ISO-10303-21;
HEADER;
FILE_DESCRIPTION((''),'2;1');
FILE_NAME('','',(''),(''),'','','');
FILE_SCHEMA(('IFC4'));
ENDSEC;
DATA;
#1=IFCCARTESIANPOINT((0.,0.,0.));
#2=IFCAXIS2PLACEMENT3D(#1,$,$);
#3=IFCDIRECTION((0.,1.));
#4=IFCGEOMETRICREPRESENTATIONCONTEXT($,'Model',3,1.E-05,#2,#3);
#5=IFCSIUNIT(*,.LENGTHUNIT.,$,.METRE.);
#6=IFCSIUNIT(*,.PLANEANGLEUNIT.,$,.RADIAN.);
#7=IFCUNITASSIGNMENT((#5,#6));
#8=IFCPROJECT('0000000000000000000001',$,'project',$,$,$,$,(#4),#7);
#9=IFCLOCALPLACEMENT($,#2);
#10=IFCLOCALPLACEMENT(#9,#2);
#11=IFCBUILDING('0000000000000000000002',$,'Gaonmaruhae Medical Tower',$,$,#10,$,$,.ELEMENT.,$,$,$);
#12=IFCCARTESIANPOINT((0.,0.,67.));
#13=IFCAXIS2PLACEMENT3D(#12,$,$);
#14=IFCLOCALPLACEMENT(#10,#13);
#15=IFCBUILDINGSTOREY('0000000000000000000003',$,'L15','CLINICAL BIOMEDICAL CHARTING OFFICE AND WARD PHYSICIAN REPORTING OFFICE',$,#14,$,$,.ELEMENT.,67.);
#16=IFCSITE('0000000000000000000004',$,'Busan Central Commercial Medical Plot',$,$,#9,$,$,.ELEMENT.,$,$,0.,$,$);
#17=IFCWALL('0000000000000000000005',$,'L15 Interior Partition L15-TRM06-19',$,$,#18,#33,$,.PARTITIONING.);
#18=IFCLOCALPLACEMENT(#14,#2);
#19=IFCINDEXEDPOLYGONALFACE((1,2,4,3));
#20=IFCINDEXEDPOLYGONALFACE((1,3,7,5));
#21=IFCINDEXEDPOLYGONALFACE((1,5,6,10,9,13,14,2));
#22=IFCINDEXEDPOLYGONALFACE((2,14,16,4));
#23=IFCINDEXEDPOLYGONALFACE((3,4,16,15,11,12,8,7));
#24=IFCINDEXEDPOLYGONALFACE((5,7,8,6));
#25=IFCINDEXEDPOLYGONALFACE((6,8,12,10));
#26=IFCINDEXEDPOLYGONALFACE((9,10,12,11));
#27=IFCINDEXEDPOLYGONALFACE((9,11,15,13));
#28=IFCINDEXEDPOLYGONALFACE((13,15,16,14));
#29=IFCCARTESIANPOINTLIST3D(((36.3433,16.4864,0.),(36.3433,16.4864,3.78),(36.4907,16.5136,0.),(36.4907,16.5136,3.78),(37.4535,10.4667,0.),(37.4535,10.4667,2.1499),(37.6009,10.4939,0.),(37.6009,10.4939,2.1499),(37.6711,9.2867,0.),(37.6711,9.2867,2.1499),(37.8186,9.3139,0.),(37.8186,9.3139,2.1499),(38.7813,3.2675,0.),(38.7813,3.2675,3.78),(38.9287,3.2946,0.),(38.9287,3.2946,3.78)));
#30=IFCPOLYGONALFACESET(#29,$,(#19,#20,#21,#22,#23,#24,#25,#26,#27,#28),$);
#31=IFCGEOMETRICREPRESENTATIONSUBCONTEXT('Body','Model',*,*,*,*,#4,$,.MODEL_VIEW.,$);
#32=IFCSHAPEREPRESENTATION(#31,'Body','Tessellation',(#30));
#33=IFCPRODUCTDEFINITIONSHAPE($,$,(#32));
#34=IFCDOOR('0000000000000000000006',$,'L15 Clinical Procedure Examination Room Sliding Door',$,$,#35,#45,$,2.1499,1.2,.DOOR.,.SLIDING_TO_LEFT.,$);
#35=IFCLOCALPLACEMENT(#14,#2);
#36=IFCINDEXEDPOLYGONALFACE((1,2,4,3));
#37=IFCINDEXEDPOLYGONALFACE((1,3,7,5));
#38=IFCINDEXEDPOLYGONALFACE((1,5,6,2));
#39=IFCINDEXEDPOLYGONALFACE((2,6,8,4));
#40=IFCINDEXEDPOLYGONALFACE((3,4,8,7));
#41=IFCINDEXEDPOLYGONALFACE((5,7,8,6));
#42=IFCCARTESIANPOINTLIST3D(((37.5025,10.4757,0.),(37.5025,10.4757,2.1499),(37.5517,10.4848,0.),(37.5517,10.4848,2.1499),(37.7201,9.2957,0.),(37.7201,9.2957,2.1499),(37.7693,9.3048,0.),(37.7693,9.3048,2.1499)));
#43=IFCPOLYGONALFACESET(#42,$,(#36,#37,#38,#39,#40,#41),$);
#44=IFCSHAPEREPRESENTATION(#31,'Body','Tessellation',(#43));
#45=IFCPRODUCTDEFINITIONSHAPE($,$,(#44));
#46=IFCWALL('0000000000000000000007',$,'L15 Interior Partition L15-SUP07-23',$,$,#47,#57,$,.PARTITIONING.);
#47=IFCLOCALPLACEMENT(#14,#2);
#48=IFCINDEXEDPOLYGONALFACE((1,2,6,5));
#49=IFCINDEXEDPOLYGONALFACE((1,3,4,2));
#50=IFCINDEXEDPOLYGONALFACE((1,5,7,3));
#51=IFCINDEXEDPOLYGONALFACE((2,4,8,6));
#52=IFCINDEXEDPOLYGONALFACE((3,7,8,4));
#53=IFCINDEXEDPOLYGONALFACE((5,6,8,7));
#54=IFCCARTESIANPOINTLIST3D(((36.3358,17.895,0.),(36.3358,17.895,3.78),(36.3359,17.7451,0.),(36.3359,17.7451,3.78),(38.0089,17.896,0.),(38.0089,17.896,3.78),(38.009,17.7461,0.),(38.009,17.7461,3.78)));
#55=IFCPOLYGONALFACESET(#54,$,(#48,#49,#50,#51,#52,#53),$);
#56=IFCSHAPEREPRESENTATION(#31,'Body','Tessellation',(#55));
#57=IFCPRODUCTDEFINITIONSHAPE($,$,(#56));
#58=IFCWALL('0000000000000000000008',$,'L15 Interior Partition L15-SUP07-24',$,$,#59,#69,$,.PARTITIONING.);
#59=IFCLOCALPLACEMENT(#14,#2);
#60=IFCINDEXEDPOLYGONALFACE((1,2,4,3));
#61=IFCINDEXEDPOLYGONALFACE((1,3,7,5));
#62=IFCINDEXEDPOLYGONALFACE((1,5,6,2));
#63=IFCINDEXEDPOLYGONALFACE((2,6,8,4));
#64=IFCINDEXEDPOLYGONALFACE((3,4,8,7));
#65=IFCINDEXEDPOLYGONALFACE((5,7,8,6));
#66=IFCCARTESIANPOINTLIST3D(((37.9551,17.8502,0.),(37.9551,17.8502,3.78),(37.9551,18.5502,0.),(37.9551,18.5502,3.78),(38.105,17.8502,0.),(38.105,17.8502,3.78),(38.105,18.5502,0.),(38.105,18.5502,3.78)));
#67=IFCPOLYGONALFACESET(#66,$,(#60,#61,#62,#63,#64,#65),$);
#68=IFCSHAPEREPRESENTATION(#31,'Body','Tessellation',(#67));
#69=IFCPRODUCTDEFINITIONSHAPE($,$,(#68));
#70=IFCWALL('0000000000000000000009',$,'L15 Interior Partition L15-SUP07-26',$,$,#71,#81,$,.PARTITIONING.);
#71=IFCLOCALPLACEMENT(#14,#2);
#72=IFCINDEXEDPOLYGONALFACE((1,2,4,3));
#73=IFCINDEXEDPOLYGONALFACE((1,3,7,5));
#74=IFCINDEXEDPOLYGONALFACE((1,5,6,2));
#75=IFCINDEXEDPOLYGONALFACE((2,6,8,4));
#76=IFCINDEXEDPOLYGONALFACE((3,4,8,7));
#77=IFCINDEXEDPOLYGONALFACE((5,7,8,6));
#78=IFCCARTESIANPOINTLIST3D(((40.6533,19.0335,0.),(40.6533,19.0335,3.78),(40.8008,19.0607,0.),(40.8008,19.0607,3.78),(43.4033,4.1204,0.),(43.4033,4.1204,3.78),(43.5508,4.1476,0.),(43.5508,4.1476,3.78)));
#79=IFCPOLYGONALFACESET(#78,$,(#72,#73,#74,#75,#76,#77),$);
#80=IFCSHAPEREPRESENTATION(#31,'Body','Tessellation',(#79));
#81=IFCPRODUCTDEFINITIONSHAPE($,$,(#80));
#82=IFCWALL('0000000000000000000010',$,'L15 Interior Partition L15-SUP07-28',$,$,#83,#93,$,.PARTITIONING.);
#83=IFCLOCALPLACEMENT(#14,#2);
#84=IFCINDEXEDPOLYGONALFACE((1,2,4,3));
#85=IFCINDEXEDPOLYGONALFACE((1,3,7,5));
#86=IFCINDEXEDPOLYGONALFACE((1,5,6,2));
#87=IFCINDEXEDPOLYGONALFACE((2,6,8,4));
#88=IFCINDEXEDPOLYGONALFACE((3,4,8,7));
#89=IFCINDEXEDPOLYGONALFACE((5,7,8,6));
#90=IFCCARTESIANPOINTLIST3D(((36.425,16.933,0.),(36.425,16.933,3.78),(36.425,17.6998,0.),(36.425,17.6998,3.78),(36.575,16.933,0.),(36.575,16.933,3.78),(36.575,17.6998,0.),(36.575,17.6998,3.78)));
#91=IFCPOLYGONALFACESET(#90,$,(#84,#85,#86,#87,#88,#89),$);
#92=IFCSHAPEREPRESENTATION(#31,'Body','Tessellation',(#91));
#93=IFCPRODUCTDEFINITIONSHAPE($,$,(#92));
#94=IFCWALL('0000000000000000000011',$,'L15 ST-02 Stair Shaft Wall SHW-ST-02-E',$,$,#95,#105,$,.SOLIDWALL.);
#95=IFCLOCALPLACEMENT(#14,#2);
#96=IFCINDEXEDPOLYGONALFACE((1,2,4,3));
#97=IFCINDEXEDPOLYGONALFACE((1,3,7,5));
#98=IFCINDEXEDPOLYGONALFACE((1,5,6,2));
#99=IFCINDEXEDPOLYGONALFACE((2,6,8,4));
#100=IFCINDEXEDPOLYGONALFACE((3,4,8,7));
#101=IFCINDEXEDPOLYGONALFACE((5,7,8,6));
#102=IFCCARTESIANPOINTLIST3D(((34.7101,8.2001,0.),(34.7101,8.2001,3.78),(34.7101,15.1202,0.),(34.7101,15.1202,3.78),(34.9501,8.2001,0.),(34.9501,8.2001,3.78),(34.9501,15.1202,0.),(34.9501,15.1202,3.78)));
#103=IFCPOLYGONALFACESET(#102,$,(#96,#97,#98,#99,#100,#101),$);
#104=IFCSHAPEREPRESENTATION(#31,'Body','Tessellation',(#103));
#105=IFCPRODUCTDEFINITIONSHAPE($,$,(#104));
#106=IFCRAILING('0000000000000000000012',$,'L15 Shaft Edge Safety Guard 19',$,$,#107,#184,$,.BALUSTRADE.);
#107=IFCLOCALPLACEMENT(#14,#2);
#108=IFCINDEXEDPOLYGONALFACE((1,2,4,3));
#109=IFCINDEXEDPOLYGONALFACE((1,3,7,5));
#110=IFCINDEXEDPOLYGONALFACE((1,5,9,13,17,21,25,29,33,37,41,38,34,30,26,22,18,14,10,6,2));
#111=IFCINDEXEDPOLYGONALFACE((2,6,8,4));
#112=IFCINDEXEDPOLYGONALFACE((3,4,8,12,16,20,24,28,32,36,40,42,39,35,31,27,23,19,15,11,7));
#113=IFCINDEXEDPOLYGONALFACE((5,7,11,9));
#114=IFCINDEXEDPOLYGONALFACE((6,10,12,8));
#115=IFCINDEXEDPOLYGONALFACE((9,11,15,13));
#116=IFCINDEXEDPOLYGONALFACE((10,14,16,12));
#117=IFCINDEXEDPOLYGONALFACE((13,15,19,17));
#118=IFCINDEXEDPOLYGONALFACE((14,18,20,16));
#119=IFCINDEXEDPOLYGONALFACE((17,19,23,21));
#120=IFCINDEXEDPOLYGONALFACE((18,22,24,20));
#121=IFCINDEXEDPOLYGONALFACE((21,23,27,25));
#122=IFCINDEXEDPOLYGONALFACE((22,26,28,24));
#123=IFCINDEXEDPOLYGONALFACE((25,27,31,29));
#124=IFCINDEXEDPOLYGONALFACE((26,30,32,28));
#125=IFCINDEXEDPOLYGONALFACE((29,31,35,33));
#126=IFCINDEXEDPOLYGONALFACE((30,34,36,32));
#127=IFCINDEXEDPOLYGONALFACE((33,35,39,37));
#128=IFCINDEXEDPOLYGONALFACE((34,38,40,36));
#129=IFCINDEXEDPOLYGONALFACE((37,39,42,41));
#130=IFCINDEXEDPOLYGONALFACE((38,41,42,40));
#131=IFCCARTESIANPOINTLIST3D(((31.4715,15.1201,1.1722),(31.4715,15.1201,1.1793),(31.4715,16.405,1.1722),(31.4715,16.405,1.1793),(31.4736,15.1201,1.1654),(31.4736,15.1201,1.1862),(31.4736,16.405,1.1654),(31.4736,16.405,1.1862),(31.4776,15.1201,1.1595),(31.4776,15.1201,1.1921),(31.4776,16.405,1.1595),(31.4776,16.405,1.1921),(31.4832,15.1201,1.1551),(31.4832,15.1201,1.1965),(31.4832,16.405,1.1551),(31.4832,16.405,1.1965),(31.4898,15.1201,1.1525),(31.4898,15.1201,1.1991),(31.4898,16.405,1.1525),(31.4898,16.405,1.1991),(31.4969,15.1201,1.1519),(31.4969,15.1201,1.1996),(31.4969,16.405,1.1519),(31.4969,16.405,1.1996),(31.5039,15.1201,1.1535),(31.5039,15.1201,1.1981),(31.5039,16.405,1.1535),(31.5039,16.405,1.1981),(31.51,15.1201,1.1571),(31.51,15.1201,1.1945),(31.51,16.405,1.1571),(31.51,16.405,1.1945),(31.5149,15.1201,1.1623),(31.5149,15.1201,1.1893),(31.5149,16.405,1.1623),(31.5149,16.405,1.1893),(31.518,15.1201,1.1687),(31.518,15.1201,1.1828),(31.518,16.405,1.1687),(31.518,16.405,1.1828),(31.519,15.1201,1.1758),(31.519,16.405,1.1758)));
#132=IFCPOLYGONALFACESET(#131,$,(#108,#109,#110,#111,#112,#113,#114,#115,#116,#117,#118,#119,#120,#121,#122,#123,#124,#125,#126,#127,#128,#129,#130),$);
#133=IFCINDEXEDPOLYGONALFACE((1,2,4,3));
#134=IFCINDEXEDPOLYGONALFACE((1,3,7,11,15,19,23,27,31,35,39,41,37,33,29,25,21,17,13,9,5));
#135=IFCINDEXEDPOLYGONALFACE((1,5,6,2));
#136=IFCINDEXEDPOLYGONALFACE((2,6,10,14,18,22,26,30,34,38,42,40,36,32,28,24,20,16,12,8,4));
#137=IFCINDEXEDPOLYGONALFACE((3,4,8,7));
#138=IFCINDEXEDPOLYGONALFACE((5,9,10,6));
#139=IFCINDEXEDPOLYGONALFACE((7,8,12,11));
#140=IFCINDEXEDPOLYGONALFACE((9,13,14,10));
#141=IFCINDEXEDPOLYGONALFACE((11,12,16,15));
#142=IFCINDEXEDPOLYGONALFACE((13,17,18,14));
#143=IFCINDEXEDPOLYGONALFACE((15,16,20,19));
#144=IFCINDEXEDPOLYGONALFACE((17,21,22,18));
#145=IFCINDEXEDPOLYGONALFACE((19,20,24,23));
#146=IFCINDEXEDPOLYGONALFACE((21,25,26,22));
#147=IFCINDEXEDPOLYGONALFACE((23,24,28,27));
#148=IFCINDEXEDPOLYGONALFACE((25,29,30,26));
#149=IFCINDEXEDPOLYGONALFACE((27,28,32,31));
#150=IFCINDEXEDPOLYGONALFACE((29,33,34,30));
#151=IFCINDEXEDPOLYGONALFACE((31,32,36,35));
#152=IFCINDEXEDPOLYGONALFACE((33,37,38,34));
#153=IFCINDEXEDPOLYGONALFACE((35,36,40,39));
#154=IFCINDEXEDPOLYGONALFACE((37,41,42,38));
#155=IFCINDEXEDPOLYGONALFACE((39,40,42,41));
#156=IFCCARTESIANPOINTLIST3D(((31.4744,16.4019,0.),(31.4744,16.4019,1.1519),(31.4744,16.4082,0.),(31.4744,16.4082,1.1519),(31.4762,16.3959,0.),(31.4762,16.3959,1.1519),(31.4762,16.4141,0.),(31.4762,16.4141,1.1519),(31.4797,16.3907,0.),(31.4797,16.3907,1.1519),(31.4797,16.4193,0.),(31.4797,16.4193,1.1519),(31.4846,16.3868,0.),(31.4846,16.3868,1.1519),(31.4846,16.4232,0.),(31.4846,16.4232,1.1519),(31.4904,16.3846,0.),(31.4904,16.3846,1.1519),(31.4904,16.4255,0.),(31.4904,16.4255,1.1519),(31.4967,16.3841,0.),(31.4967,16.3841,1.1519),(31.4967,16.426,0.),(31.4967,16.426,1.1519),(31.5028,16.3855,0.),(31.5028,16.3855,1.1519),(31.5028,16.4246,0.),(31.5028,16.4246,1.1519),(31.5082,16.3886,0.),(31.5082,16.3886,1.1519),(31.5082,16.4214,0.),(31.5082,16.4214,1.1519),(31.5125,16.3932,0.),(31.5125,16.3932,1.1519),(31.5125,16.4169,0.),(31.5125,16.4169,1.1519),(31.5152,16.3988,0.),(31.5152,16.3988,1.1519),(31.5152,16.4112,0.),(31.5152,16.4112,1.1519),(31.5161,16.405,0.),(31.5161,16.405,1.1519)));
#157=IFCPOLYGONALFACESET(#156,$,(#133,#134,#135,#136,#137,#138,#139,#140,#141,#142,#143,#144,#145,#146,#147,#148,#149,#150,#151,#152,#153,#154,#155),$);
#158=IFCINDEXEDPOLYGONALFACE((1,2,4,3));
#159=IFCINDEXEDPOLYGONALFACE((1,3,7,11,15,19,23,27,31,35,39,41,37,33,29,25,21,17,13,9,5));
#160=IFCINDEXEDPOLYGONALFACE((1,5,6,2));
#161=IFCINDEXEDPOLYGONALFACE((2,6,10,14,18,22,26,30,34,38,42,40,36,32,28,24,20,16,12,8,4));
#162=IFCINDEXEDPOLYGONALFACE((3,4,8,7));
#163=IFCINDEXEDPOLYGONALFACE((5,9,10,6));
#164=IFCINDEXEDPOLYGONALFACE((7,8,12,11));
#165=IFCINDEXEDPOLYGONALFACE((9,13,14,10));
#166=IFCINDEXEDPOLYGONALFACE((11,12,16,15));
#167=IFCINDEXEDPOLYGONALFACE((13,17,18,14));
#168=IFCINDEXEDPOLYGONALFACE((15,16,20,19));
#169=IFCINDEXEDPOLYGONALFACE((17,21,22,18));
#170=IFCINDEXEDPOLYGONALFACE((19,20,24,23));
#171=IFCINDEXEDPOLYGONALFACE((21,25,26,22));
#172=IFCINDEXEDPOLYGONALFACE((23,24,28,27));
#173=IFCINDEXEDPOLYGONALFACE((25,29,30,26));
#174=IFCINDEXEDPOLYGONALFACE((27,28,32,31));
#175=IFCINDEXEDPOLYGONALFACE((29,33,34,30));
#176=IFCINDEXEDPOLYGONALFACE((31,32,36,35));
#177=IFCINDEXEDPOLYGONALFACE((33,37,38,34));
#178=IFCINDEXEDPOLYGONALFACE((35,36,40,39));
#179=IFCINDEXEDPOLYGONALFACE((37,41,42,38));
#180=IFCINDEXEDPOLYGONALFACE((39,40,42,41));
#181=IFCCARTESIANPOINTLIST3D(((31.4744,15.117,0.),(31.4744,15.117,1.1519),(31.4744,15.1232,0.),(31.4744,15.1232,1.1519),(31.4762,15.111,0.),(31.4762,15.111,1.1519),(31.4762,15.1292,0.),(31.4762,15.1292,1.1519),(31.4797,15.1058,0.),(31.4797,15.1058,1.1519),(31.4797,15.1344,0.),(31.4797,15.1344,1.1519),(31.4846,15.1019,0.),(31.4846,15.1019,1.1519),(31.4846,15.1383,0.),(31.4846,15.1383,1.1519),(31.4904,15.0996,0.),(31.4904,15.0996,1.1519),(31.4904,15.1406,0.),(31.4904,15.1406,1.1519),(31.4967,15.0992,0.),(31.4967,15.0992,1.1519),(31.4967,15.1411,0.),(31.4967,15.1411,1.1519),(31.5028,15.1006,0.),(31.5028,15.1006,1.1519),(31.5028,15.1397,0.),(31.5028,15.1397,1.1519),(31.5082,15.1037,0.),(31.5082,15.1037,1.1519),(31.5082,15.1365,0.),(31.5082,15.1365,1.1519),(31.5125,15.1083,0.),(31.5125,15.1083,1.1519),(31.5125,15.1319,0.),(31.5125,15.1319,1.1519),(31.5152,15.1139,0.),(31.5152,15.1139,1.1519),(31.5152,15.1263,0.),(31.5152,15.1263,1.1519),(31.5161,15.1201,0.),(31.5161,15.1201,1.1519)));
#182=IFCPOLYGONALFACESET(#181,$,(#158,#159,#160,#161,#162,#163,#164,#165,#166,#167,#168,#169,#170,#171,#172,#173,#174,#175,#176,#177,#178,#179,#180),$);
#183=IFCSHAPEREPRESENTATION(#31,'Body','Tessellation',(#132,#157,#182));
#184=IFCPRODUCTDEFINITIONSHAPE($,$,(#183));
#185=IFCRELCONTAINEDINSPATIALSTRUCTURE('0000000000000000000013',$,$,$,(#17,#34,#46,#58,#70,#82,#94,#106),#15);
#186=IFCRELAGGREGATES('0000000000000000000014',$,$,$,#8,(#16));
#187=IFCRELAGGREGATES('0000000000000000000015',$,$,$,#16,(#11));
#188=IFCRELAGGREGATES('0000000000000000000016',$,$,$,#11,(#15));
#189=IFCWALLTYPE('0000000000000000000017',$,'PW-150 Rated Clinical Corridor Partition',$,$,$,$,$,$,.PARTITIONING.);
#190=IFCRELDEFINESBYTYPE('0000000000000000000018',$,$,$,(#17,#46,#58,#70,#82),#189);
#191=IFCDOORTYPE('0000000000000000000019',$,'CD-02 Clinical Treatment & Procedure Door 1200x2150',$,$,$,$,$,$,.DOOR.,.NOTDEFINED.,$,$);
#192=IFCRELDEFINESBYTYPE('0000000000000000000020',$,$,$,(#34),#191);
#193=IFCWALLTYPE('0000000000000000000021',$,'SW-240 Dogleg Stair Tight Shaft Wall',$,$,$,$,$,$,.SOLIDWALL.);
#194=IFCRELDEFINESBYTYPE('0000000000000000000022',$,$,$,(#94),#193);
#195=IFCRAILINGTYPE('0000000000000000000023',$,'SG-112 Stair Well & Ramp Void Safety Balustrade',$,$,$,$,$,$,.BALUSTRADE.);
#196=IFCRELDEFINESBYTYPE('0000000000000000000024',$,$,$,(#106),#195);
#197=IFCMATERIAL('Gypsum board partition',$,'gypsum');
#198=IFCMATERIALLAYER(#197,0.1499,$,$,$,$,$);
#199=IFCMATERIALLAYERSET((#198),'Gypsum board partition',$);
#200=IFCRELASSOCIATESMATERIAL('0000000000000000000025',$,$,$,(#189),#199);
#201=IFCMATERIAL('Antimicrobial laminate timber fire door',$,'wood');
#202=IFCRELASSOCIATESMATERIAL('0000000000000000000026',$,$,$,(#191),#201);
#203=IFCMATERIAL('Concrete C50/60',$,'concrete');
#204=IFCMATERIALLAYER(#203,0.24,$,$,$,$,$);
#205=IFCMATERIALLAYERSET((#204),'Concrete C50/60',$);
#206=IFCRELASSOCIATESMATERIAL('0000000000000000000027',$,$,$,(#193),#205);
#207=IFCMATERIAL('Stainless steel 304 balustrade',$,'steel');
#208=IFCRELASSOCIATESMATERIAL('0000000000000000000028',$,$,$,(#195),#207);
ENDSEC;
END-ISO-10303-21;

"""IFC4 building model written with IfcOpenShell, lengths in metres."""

from ifc_helpers import new_model, si_unit, direction, frame, frame_2d, origin, origin_2d, place, context, subcontext, project, spatial, rectangle, circle, extrude, material, layer, layer_set, type_object, element, fill, save


model = new_model("IFC4")

# Units and contexts
model_context = context("Model", 3, precision=1e-05, world=origin(), true_north=direction((0.0, 1.0)))
body_context = subcontext(model_context, "Body", "Model", "MODEL_VIEW")
ifc_project = project(units=[si_unit("LENGTHUNIT", "METRE"), si_unit("PLANEANGLEUNIT", "RADIAN")], contexts=[model_context])

# Site, building, storey
site_placement = place(None, origin())
site = spatial("IfcSite", under=ifc_project, at=site_placement, Name="Busan Central Commercial Medical Plot", CompositionType="ELEMENT", RefElevation=0.0)
building_placement = place(site_placement, origin())
building = spatial("IfcBuilding", under=site, at=building_placement, Name="Gaonmaruhae Medical Tower", CompositionType="ELEMENT")
storey_placement = place(building_placement, frame((0.0, 0.0, 67.0)))
storey = spatial("IfcBuildingStorey", under=building, at=storey_placement, Name="L15", Description="CLINICAL BIOMEDICAL CHARTING OFFICE AND WARD PHYSICIAN REPORTING OFFICE", CompositionType="ELEMENT", Elevation=67.0)

# Shared definitions
ifc_material_1 = material(Name="Gypsum board partition", Category="gypsum")
ifc_layer_1 = layer(ifc_material_1, 0.1499)
ifc_layer_set_1 = layer_set([ifc_layer_1], Name="Gypsum board partition")
wall_type_1 = type_object("IfcWallType", Name="PW-150 Rated Clinical Corridor Partition", PredefinedType="PARTITIONING", material=ifc_layer_set_1)

# Wall, opening, door
wall_1_placement = place(storey_placement, frame((36.417, 16.5, 0.0), z_axis=(0.0, 0.0, 1.0), x_axis=(0.181372, -0.983415, 0.0)))
wall_1 = element("IfcWall", 1, at=wall_1_placement, inside=storey, type_object=wall_type_1, Name="L15 Interior Partition L15-TRM06-19", PredefinedType="PARTITIONING", context=body_context, shape_type="SweptSolid", body=[
    extrude(rectangle(XDim=13.4419, YDim=0.1499, at=frame_2d((6.7209, 0.0))), origin(), (0.0, 0.0, 1.0), 3.78),
])
opening_1_placement = place(wall_1_placement, frame((6.1211, 0.0, 0.0)))
opening_1 = element("IfcOpeningElement", 2, at=opening_1_placement, cuts=wall_1, PredefinedType="OPENING", context=body_context, shape_type="SweptSolid", body=[
    extrude(rectangle(XDim=1.2, YDim=2.1499, at=frame_2d((0.6001, 1.075))), frame((0.0, 0.085, 0.0), z_axis=(0.0, -1.0, 0.0), x_axis=(1.0, 0.0, 0.0)), (0.0, 0.0, 1.0), 0.1699),
])
ifc_material_2 = material(Name="Antimicrobial laminate timber fire door", Category="wood")
door_type_1 = type_object("IfcDoorType", Name="CD-02 Clinical Treatment & Procedure Door 1200x2150", OperationType="NOTDEFINED", PredefinedType="DOOR", material=ifc_material_2)
door_1_placement = place(opening_1_placement, origin())
door_1 = element("IfcDoor", 3, at=door_1_placement, inside=storey, type_object=door_type_1, Name="L15 Clinical Procedure Examination Room Sliding Door", OperationType="SLIDING_TO_LEFT", OverallHeight=2.1499, OverallWidth=1.2, PredefinedType="DOOR", context=body_context, shape_type="SweptSolid", body=[
    extrude(rectangle(XDim=1.2, YDim=2.1499, at=frame_2d((0.6001, 1.075))), frame((0.0, 0.0249, 0.0), z_axis=(0.0, -1.0, 0.0), x_axis=(1.0, 0.0, 0.0)), (0.0, 0.0, 1.0), 0.05),
])
fill(opening_1, door_1)

# Walls
wall_2_placement = place(storey_placement, frame((36.3359, 17.8201, 0.0), z_axis=(0.0, 0.0, 1.0), x_axis=(1.0, 0.000584, 0.0)))
element("IfcWall", 4, at=wall_2_placement, inside=storey, type_object=wall_type_1, Name="L15 Interior Partition L15-SUP07-23", PredefinedType="PARTITIONING", context=body_context, shape_type="SweptSolid", body=[
    extrude(rectangle(XDim=1.6731, YDim=0.1499, at=frame_2d((0.8364, 0.0))), origin(), (0.0, 0.0, 1.0), 3.78),
])
wall_3_placement = place(storey_placement, frame((38.03, 17.8501, 0.0), z_axis=(0.0, 0.0, 1.0), x_axis=(0.0, 1.0, 0.0)))
element("IfcWall", 5, at=wall_3_placement, inside=storey, type_object=wall_type_1, Name="L15 Interior Partition L15-SUP07-24", PredefinedType="PARTITIONING", context=body_context, shape_type="SweptSolid", body=[
    extrude(rectangle(XDim=0.7, YDim=0.1499, at=frame_2d((0.3501, 0.0))), origin(), (0.0, 0.0, 1.0), 3.78),
])

# Walls
wall_4_placement = place(storey_placement, frame((40.7271, 19.0471, 0.0), z_axis=(0.0, 0.0, 1.0), x_axis=(0.181344, -0.98342, 0.0)))
element("IfcWall", 6, at=wall_4_placement, inside=storey, type_object=wall_type_1, Name="L15 Interior Partition L15-SUP07-26", PredefinedType="PARTITIONING", context=body_context, shape_type="SweptSolid", body=[
    extrude(rectangle(XDim=15.1646, YDim=0.1499, at=frame_2d((7.5823, 0.0))), origin(), (0.0, 0.0, 1.0), 3.78),
])
wall_5_placement = place(storey_placement, frame((36.5, 16.9331, 0.0), z_axis=(0.0, 0.0, 1.0), x_axis=(0.0, 1.0, 0.0)))
element("IfcWall", 7, at=wall_5_placement, inside=storey, type_object=wall_type_1, Name="L15 Interior Partition L15-SUP07-28", PredefinedType="PARTITIONING", context=body_context, shape_type="SweptSolid", body=[
    extrude(rectangle(XDim=0.7668, YDim=0.1499, at=frame_2d((0.3833, 0.0))), origin(), (0.0, 0.0, 1.0), 3.78),
])

# Shared definitions
ifc_material_3 = material(Name="Concrete C50/60", Category="concrete")
ifc_layer_2 = layer(ifc_material_3, 0.24)
ifc_layer_set_2 = layer_set([ifc_layer_2], Name="Concrete C50/60")
wall_type_2 = type_object("IfcWallType", Name="SW-240 Dogleg Stair Tight Shaft Wall", PredefinedType="SOLIDWALL", material=ifc_layer_set_2)

# Wall
wall_6_placement = place(storey_placement, frame((34.8301, 15.1201, 0.0), z_axis=(0.0, 0.0, 1.0), x_axis=(0.0, -1.0, 0.0)))
element("IfcWall", 8, at=wall_6_placement, inside=storey, type_object=wall_type_2, Name="L15 ST-02 Stair Shaft Wall SHW-ST-02-E", PredefinedType="SOLIDWALL", context=body_context, shape_type="SweptSolid", body=[
    extrude(rectangle(XDim=6.9202, YDim=0.24, at=frame_2d((3.46, 0.0))), origin(), (0.0, 0.0, 1.0), 3.78),
])

# Railing
ifc_material_4 = material(Name="Stainless steel 304 balustrade", Category="steel")
railing_type = type_object("IfcRailingType", Name="SG-112 Stair Well & Ramp Void Safety Balustrade", PredefinedType="BALUSTRADE", material=ifc_material_4)
railing_1_placement = place(storey_placement, frame((31.4951, 16.405, 0.0)))
element("IfcRailing", 9, at=railing_1_placement, inside=storey, type_object=railing_type, Name="L15 Shaft Edge Safety Guard 19", PredefinedType="BALUSTRADE", context=body_context, shape_type="SweptSolid", body=[
    extrude(circle(Radius=0.0239, at=origin_2d()), frame((0.0, 0.0, 1.1758), z_axis=(0.0, -1.0, 0.0), x_axis=(1.0, 0.0, 0.0)), (0.0, 0.0, 1.0), 1.2849),
    extrude(circle(Radius=0.021, at=origin_2d()), origin(), (0.0, 0.0, 1.0), 1.1519),
    extrude(circle(Radius=0.021, at=origin_2d()), frame((0.0, -1.2849, 0.0)), (0.0, 0.0, 1.0), 1.1519),
])

save(model, "model.ifc")
